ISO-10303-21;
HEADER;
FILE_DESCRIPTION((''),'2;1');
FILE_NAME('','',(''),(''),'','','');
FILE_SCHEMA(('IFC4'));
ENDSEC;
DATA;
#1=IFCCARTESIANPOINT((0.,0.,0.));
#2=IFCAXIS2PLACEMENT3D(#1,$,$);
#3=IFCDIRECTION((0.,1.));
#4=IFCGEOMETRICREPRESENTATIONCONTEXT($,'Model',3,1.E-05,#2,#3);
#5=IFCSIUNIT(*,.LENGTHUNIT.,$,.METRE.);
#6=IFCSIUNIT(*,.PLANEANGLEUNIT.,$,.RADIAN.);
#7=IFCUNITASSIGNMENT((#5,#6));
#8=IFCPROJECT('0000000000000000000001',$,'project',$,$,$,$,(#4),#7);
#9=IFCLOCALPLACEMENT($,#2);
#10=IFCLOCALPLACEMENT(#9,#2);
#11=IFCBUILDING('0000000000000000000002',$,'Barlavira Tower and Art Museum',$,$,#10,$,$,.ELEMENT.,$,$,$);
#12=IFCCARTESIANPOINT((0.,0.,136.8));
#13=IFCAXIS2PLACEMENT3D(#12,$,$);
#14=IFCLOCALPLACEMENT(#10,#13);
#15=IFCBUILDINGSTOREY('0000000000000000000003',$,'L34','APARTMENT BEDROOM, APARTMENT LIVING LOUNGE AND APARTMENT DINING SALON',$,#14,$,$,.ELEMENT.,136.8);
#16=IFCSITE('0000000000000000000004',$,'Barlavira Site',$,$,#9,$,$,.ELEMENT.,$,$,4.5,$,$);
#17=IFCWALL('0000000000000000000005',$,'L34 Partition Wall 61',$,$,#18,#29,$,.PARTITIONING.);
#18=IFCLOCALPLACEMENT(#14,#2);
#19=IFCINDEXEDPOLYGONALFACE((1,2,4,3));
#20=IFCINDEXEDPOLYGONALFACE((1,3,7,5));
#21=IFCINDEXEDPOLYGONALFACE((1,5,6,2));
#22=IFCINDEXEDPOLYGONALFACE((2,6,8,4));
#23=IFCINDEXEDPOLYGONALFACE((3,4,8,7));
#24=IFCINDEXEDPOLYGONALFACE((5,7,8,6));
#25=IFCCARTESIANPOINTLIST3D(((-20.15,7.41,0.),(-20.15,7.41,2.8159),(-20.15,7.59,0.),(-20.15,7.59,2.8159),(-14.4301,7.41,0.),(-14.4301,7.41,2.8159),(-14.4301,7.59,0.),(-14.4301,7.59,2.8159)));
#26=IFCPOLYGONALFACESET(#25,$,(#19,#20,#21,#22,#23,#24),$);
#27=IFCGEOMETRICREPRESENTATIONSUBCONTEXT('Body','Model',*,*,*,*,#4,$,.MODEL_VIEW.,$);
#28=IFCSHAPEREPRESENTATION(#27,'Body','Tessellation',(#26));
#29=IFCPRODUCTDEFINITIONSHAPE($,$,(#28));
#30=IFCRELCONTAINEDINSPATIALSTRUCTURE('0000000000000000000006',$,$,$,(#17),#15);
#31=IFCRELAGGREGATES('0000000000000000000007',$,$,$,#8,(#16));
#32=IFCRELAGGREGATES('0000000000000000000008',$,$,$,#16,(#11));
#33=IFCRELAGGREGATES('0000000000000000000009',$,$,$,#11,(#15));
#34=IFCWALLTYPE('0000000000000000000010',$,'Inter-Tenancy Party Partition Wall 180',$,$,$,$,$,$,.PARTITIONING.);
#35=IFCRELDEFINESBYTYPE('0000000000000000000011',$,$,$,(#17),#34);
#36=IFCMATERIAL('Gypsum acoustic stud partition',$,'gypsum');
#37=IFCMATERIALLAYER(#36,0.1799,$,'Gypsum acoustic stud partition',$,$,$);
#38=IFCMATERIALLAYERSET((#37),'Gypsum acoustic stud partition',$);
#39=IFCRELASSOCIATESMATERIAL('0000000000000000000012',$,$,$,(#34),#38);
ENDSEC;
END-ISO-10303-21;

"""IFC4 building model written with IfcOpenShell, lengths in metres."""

from ifc_helpers import new_model, si_unit, direction, frame, frame_2d, origin, place, context, subcontext, project, spatial, rectangle, extrude, material, layer, layer_set, type_object, element, save


model = new_model("IFC4")

# Units and contexts
model_context = context("Model", 3, precision=1e-05, world=origin(), true_north=direction((0.0, 1.0)))
body_context = subcontext(model_context, "Body", "Model", "MODEL_VIEW")
ifc_project = project(units=[si_unit("LENGTHUNIT", "METRE"), si_unit("PLANEANGLEUNIT", "RADIAN")], contexts=[model_context])

# Site, building, storey
site_placement = place(None, origin())
site = spatial("IfcSite", under=ifc_project, at=site_placement, Name="Barlavira Site", CompositionType="ELEMENT", RefElevation=4.5)
building_placement = place(site_placement, origin())
building = spatial("IfcBuilding", under=site, at=building_placement, Name="Barlavira Tower and Art Museum", CompositionType="ELEMENT")
storey_placement = place(building_placement, frame((0.0, 0.0, 136.8)))
storey = spatial("IfcBuildingStorey", under=building, at=storey_placement, Name="L34", Description="APARTMENT BEDROOM, APARTMENT LIVING LOUNGE AND APARTMENT DINING SALON", CompositionType="ELEMENT", Elevation=136.8)

# Shared definitions
ifc_material_1 = material(Name="Gypsum acoustic stud partition", Category="gypsum")

# Wall
ifc_layer_1 = layer(ifc_material_1, 0.1799, Name="Gypsum acoustic stud partition")
ifc_layer_set_1 = layer_set([ifc_layer_1], Name="Gypsum acoustic stud partition")
wall_type_1 = type_object("IfcWallType", Name="Inter-Tenancy Party Partition Wall 180", PredefinedType="PARTITIONING", material=ifc_layer_set_1)
wall_1_placement = place(storey_placement, frame((-20.1499, 7.5, 0.0), z_axis=(0.0, 0.0, 1.0), x_axis=(1.0, 0.0, 0.0)))
element("IfcWall", 1, at=wall_1_placement, inside=storey, type_object=wall_type_1, Name="L34 Partition Wall 61", PredefinedType="PARTITIONING", context=body_context, shape_type="SweptSolid", body=[
    extrude(rectangle(XDim=5.72, YDim=0.1799, at=frame_2d((2.8599, 0.0))), origin(), (0.0, 0.0, 1.0), 2.8159),
])

save(model, "model.ifc")
